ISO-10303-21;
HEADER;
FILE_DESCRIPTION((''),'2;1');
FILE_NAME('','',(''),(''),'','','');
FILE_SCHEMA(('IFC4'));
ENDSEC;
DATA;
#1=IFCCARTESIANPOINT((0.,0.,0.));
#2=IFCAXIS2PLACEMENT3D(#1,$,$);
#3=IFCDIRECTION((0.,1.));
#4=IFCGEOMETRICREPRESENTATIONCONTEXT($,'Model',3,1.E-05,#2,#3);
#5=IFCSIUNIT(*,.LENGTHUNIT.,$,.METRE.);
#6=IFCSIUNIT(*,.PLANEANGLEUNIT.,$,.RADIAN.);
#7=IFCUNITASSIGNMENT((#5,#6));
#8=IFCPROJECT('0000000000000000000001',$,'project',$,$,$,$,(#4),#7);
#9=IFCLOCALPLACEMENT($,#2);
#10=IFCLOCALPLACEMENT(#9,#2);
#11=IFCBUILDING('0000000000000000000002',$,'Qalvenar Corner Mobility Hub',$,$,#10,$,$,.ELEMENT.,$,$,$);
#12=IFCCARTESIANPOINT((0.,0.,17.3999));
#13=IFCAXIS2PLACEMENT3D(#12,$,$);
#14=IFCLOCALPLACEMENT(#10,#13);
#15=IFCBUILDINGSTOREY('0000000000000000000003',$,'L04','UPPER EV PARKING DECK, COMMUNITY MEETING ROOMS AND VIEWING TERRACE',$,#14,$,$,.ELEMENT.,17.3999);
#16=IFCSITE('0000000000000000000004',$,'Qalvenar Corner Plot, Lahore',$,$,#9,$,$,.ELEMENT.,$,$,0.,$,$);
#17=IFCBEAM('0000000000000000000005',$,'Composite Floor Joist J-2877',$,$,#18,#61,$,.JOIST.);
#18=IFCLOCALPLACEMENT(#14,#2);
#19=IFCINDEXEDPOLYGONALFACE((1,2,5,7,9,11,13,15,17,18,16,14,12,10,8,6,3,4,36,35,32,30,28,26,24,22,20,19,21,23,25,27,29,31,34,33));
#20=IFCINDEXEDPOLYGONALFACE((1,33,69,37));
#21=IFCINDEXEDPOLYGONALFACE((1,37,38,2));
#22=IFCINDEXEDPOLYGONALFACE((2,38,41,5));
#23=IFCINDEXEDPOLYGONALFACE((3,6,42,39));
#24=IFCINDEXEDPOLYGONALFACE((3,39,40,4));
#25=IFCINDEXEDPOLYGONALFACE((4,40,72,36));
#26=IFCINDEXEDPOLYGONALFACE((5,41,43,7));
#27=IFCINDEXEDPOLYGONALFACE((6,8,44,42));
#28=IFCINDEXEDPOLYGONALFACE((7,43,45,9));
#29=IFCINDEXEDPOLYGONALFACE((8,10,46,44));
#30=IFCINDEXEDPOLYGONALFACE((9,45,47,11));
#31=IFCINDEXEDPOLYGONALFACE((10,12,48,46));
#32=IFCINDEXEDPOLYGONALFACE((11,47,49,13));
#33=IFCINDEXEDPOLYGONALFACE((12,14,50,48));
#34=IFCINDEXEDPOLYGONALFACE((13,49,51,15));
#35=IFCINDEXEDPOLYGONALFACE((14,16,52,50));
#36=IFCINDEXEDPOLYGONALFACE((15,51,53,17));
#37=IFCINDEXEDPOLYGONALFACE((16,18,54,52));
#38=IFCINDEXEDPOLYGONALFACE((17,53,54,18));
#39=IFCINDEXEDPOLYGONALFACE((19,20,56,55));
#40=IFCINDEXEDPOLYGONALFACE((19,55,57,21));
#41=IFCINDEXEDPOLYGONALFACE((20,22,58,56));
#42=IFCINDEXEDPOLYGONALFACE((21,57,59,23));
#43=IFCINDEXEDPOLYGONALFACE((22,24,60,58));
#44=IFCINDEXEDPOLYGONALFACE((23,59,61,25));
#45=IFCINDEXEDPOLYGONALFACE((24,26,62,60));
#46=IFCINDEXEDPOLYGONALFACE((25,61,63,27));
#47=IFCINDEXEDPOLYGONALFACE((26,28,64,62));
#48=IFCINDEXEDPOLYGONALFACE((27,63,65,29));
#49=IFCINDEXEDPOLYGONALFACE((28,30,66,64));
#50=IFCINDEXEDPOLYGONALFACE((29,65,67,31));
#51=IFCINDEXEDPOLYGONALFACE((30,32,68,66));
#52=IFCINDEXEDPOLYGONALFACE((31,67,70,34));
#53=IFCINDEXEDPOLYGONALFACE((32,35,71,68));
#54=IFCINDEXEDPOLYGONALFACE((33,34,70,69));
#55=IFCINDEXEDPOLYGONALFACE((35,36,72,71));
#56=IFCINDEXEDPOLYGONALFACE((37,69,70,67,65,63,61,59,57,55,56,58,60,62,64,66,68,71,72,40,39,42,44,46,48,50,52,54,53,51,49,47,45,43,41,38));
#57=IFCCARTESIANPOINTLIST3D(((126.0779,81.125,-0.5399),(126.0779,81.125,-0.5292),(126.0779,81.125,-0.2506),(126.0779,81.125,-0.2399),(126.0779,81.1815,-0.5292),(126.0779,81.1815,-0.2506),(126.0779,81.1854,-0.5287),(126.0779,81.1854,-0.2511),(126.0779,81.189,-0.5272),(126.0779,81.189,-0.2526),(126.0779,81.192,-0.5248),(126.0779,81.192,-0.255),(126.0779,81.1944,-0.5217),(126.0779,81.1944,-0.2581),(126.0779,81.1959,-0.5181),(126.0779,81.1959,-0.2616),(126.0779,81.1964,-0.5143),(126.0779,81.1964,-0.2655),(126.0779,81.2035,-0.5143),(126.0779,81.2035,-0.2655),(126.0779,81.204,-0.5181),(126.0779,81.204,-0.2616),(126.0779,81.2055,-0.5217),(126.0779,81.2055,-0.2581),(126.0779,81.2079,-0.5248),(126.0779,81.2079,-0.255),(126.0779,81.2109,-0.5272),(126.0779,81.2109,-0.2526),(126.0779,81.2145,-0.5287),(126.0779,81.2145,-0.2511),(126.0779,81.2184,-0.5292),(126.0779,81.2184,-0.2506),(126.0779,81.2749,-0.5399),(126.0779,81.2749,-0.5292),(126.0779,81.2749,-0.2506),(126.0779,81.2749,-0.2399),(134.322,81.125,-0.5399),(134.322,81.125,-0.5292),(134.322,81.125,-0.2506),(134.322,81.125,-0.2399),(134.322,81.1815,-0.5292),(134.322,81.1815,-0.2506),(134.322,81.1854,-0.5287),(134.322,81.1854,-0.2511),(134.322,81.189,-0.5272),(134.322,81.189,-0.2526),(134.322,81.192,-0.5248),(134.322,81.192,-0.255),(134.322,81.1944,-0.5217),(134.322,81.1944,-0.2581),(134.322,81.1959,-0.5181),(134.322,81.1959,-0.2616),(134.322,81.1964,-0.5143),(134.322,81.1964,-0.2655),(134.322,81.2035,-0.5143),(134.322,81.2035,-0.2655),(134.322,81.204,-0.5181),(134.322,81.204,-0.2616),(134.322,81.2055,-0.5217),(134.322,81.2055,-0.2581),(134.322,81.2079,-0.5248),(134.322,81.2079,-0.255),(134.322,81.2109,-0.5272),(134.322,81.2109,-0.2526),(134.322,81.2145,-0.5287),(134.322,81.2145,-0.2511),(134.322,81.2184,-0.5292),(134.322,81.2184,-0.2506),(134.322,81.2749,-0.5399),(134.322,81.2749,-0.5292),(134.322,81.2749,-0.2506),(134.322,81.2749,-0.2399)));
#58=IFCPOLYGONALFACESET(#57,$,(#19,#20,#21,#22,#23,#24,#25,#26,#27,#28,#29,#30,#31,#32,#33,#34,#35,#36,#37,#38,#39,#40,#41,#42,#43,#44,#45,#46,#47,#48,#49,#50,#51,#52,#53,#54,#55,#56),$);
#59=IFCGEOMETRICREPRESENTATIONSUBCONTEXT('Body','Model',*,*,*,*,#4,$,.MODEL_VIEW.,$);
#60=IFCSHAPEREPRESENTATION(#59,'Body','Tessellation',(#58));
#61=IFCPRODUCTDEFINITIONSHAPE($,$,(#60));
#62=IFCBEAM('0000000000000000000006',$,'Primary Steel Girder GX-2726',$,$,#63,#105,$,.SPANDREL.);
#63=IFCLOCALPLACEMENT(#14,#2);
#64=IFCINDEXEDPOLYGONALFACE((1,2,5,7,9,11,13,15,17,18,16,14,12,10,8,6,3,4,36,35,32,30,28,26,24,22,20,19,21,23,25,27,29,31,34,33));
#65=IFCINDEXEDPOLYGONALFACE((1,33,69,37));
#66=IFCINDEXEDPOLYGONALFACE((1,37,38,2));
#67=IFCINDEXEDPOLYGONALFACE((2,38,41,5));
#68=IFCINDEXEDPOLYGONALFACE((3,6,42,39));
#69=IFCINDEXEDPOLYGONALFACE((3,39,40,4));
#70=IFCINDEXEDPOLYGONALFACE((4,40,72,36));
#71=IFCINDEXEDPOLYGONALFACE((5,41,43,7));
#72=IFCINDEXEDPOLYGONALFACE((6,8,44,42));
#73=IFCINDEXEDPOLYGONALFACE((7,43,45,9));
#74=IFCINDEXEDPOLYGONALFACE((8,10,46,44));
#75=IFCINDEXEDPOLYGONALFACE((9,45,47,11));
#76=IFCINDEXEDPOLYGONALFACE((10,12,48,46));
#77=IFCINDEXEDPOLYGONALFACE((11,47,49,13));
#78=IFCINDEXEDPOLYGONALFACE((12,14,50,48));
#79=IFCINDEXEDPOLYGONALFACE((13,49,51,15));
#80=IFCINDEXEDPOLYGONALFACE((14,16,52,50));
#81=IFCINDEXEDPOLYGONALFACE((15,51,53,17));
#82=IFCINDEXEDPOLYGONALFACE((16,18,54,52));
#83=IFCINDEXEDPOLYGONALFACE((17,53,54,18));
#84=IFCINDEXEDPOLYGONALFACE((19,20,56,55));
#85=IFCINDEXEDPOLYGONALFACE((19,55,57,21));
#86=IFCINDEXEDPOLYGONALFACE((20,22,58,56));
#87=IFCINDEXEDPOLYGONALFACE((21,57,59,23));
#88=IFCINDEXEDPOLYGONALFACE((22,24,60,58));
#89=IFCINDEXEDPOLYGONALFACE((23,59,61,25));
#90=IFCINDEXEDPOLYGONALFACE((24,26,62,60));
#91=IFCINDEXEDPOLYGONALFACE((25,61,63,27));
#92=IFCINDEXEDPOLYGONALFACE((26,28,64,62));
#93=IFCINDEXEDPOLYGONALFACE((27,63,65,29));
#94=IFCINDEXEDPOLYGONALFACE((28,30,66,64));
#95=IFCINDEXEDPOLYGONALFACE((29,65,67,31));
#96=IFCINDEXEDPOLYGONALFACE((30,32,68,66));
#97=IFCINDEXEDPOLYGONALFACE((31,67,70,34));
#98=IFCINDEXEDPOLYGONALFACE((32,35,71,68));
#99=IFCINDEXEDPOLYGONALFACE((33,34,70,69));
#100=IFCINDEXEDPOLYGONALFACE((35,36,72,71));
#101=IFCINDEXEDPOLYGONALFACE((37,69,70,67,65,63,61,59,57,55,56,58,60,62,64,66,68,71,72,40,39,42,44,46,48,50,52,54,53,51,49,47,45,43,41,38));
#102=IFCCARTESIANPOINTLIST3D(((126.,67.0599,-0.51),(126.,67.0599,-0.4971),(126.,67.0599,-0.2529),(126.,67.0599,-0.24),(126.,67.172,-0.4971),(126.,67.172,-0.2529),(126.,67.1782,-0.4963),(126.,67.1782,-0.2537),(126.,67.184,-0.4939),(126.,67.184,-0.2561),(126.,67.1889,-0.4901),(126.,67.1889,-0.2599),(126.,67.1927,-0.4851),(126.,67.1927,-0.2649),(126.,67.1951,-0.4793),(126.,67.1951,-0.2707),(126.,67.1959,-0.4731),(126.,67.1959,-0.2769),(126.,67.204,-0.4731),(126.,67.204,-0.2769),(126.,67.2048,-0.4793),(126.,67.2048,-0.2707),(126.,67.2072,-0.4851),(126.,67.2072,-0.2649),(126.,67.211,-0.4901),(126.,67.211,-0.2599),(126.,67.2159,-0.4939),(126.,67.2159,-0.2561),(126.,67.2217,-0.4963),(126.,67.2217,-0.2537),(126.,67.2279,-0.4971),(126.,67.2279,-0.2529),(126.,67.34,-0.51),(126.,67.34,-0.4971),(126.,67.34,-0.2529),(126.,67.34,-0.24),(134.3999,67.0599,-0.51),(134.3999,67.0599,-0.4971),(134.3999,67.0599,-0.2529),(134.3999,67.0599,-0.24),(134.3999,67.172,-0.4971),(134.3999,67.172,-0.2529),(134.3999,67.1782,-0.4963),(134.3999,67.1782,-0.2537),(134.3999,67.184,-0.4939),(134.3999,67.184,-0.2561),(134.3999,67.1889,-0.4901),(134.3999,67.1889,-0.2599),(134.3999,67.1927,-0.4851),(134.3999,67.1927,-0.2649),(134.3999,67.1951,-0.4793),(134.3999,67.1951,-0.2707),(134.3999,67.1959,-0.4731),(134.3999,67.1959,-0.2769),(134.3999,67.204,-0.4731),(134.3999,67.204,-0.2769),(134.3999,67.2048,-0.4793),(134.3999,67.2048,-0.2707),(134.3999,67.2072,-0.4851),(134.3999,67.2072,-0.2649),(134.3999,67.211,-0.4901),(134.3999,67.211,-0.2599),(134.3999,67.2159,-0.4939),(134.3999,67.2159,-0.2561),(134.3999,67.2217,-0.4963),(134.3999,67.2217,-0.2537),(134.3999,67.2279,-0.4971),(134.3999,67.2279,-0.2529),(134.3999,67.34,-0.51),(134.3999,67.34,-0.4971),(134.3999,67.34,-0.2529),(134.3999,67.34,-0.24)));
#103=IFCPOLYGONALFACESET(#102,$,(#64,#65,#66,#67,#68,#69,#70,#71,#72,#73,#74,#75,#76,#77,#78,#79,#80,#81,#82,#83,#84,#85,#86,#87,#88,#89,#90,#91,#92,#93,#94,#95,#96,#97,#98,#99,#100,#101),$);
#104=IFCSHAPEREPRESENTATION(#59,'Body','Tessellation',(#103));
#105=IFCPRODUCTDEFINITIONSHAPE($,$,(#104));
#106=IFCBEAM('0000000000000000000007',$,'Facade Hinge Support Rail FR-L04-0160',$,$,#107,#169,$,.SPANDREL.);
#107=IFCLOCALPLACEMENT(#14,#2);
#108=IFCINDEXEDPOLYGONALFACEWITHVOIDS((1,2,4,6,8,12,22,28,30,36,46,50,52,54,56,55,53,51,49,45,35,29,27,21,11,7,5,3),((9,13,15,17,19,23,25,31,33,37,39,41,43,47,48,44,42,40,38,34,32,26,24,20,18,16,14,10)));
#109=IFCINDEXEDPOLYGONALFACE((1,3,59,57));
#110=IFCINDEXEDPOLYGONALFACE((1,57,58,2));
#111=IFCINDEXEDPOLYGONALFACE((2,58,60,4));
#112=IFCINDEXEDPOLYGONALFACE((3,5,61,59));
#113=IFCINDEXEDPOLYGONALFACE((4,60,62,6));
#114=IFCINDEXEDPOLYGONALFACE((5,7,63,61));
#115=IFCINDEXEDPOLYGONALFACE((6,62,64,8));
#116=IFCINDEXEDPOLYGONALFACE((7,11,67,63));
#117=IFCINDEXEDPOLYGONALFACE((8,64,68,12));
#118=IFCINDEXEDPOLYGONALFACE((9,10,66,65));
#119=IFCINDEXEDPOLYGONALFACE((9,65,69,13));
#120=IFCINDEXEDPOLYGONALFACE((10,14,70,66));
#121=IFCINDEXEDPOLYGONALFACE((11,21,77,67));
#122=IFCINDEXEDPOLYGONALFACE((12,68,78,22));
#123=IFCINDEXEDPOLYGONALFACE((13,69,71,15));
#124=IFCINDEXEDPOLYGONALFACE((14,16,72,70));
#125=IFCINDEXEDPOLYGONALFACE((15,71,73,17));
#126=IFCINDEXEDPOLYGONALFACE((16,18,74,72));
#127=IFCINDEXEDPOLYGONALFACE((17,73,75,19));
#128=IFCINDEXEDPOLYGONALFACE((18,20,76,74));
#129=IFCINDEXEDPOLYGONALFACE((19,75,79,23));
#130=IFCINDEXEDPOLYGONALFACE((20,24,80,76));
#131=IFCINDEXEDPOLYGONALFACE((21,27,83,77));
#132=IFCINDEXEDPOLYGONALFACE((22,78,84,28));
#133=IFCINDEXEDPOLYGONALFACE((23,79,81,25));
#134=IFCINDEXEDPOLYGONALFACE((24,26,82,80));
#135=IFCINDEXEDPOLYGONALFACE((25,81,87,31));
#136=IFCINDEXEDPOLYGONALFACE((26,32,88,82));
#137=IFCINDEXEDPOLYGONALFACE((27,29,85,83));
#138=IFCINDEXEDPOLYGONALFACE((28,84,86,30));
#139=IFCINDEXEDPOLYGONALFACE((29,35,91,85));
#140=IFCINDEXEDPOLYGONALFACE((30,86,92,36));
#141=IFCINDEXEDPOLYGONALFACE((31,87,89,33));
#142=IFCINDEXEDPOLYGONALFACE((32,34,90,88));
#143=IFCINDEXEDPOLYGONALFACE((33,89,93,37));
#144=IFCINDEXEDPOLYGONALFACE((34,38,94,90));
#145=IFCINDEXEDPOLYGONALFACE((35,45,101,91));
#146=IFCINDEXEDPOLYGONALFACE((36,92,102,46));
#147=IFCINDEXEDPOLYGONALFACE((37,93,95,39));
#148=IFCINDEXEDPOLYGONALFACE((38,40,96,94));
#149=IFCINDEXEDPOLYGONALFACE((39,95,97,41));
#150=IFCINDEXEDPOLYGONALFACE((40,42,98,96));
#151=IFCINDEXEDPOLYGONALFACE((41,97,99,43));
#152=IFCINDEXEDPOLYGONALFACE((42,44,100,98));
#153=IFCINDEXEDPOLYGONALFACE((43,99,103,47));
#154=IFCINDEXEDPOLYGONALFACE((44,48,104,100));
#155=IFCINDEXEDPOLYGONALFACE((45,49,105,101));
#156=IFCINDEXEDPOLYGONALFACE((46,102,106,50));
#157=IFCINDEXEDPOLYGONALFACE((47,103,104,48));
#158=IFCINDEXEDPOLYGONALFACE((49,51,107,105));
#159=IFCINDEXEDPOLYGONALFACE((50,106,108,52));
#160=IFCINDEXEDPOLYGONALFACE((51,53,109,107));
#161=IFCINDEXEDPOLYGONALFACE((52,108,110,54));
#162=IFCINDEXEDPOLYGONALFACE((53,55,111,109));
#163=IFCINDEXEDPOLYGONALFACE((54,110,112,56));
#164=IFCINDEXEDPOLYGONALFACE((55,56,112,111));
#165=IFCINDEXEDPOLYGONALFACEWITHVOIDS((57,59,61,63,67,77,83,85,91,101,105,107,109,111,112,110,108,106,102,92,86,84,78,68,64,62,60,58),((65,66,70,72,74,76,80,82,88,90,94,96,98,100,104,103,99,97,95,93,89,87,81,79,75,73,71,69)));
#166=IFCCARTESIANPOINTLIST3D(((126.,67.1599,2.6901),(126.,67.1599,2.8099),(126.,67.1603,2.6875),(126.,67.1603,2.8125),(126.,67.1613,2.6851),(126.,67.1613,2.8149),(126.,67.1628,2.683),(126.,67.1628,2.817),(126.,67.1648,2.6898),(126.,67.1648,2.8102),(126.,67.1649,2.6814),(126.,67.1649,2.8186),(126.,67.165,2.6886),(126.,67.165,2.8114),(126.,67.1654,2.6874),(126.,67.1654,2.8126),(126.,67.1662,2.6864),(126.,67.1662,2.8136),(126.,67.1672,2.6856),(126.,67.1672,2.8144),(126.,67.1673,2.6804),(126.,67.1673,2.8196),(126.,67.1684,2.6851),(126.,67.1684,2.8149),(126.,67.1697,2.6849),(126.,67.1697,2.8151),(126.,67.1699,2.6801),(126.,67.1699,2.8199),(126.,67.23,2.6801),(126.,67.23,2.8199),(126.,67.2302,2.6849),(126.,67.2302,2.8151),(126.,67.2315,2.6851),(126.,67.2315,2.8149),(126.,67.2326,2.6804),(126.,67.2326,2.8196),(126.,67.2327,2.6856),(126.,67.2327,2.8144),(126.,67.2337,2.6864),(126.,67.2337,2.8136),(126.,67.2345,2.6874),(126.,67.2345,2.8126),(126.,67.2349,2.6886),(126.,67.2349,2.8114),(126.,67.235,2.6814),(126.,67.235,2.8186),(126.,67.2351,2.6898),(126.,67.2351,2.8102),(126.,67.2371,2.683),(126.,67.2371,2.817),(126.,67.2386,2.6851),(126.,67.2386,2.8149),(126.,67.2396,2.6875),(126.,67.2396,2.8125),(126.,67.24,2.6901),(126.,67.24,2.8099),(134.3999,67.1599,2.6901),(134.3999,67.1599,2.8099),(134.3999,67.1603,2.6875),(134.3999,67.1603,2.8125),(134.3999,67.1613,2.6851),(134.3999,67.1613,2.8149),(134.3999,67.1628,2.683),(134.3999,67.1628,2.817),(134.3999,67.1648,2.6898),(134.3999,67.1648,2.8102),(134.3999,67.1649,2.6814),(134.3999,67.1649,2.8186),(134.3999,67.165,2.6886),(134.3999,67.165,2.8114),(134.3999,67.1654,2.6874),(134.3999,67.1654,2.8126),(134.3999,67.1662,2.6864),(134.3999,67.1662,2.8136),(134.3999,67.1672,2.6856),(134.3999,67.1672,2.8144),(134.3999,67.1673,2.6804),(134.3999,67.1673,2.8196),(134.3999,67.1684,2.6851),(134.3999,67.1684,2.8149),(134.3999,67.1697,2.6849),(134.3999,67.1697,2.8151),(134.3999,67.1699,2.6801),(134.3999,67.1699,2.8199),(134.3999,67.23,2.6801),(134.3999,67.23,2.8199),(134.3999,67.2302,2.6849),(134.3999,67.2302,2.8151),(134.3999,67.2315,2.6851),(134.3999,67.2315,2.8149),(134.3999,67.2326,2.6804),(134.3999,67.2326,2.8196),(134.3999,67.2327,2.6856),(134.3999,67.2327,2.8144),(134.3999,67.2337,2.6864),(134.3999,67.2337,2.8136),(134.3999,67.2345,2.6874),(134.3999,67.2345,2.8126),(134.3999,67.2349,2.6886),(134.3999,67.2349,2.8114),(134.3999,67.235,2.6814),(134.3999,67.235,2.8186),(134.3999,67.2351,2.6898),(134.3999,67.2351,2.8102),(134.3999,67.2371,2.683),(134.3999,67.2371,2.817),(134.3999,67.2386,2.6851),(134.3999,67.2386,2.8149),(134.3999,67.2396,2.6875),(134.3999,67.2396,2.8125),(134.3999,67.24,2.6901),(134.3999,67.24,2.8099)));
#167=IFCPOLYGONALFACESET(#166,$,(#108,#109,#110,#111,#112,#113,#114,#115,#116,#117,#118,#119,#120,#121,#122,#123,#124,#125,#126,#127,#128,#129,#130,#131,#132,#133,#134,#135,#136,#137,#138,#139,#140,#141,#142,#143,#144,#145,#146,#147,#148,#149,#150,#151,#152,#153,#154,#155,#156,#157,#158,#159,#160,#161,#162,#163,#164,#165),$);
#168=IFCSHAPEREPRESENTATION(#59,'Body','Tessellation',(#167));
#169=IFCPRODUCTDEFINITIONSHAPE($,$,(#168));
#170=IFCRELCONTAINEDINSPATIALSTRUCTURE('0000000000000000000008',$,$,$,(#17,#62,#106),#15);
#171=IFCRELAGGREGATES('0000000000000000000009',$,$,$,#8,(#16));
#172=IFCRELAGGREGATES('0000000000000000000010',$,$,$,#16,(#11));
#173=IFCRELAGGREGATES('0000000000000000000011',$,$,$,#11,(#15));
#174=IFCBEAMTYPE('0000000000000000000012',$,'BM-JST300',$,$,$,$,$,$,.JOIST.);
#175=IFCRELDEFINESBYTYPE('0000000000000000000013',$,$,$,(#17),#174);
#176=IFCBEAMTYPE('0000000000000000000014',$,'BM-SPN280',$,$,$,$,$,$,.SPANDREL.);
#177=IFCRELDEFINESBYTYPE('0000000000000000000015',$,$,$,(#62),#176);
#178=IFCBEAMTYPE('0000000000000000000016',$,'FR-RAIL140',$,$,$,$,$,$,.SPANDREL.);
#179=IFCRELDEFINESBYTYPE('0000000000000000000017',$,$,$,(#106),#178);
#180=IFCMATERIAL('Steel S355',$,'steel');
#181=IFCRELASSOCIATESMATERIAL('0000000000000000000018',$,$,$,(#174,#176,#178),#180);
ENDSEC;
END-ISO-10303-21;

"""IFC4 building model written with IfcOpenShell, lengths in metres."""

from ifc_helpers import new_model, si_unit, direction, frame, origin, origin_2d, place, context, subcontext, project, spatial, hollow_rectangle, i_section, extrude, material, material_profile, profile_set, type_object, element, save


model = new_model("IFC4")

# Units and contexts
model_context = context("Model", 3, precision=1e-05, world=origin(), true_north=direction((0.0, 1.0)))
body_context = subcontext(model_context, "Body", "Model", "MODEL_VIEW")
ifc_project = project(units=[si_unit("LENGTHUNIT", "METRE"), si_unit("PLANEANGLEUNIT", "RADIAN")], contexts=[model_context])

# Site, building, storey
site_placement = place(None, origin())
site = spatial("IfcSite", under=ifc_project, at=site_placement, Name="Qalvenar Corner Plot, Lahore", CompositionType="ELEMENT", RefElevation=0.0)
building_placement = place(site_placement, origin())
building = spatial("IfcBuilding", under=site, at=building_placement, Name="Qalvenar Corner Mobility Hub", CompositionType="ELEMENT")
storey_placement = place(building_placement, frame((0.0, 0.0, 17.3999)))
storey = spatial("IfcBuildingStorey", under=building, at=storey_placement, Name="L04", Description="UPPER EV PARKING DECK, COMMUNITY MEETING ROOMS AND VIEWING TERRACE", CompositionType="ELEMENT", Elevation=17.3999)

# Shared definitions
ifc_material = material(Name="Steel S355", Category="steel")

# Beams
ifc_material_profile_1 = material_profile(ifc_material, i_section(OverallWidth=0.1499, OverallDepth=0.3, WebThickness=0.0071, FlangeThickness=0.0107, FilletRadius=0.0149, at=origin_2d()), Name="IPE300")
ifc_profile_set_1 = profile_set([ifc_material_profile_1], Name="Steel S355")
beam_type_1 = type_object("IfcBeamType", Name="BM-JST300", PredefinedType="JOIST", material=ifc_profile_set_1)
for number, where, z_axis, x_axis, name in (
    (1, (126.0779, 81.2, -0.3899), (1.0, 0.0, 0.0), (0.0, 1.0, 0.0), "Composite Floor Joist J-2877"),
):
    element("IfcBeam", number, at=place(storey_placement, frame(where, z_axis=z_axis, x_axis=x_axis)), inside=storey, type_object=beam_type_1, Name=name, PredefinedType="JOIST", context=body_context, shape_type="SweptSolid", body=[
        extrude(i_section(OverallWidth=0.1499, OverallDepth=0.3, WebThickness=0.0071, FlangeThickness=0.0107, FilletRadius=0.0149, at=origin_2d()), origin(), (0.0, 0.0, 1.0), 8.2441),
    ])
ifc_material_profile_2 = material_profile(ifc_material, i_section(OverallWidth=0.28, OverallDepth=0.27, WebThickness=0.0081, FlangeThickness=0.0129, FilletRadius=0.0239, at=origin_2d()), Name="HEA280")
ifc_profile_set_2 = profile_set([ifc_material_profile_2], Name="Steel S355")
beam_type_2 = type_object("IfcBeamType", Name="BM-SPN280", PredefinedType="SPANDREL", material=ifc_profile_set_2)
beam_1_placement = place(storey_placement, frame((126.0, 67.2, -0.375), z_axis=(1.0, 0.0, 0.0), x_axis=(0.0, 1.0, 0.0)))
element("IfcBeam", 2, at=beam_1_placement, inside=storey, type_object=beam_type_2, Name="Primary Steel Girder GX-2726", PredefinedType="SPANDREL", context=body_context, shape_type="SweptSolid", body=[
    extrude(i_section(OverallWidth=0.28, OverallDepth=0.27, WebThickness=0.0081, FlangeThickness=0.0129, FilletRadius=0.0239, at=origin_2d()), origin(), (0.0, 0.0, 1.0), 8.3999),
])
ifc_material_profile_3 = material_profile(ifc_material, hollow_rectangle(XDim=0.0801, YDim=0.1399, WallThickness=0.0049, InnerFilletRadius=0.0049, OuterFilletRadius=0.01, at=origin_2d()), Name="RHS140x80x5")
ifc_profile_set_3 = profile_set([ifc_material_profile_3], Name="Steel S355")
beam_type_3 = type_object("IfcBeamType", Name="FR-RAIL140", PredefinedType="SPANDREL", material=ifc_profile_set_3)
beam_2_placement = place(storey_placement, frame((126.0, 67.2, 2.75), z_axis=(1.0, 0.0, 0.0), x_axis=(0.0, 1.0, 0.0)))
element("IfcBeam", 3, at=beam_2_placement, inside=storey, type_object=beam_type_3, Name="Facade Hinge Support Rail FR-L04-0160", PredefinedType="SPANDREL", context=body_context, shape_type="SweptSolid", body=[
    extrude(hollow_rectangle(XDim=0.0801, YDim=0.1399, WallThickness=0.0049, InnerFilletRadius=0.0049, OuterFilletRadius=0.01, at=origin_2d()), origin(), (0.0, 0.0, 1.0), 8.3999),
])

save(model, "model.ifc")
